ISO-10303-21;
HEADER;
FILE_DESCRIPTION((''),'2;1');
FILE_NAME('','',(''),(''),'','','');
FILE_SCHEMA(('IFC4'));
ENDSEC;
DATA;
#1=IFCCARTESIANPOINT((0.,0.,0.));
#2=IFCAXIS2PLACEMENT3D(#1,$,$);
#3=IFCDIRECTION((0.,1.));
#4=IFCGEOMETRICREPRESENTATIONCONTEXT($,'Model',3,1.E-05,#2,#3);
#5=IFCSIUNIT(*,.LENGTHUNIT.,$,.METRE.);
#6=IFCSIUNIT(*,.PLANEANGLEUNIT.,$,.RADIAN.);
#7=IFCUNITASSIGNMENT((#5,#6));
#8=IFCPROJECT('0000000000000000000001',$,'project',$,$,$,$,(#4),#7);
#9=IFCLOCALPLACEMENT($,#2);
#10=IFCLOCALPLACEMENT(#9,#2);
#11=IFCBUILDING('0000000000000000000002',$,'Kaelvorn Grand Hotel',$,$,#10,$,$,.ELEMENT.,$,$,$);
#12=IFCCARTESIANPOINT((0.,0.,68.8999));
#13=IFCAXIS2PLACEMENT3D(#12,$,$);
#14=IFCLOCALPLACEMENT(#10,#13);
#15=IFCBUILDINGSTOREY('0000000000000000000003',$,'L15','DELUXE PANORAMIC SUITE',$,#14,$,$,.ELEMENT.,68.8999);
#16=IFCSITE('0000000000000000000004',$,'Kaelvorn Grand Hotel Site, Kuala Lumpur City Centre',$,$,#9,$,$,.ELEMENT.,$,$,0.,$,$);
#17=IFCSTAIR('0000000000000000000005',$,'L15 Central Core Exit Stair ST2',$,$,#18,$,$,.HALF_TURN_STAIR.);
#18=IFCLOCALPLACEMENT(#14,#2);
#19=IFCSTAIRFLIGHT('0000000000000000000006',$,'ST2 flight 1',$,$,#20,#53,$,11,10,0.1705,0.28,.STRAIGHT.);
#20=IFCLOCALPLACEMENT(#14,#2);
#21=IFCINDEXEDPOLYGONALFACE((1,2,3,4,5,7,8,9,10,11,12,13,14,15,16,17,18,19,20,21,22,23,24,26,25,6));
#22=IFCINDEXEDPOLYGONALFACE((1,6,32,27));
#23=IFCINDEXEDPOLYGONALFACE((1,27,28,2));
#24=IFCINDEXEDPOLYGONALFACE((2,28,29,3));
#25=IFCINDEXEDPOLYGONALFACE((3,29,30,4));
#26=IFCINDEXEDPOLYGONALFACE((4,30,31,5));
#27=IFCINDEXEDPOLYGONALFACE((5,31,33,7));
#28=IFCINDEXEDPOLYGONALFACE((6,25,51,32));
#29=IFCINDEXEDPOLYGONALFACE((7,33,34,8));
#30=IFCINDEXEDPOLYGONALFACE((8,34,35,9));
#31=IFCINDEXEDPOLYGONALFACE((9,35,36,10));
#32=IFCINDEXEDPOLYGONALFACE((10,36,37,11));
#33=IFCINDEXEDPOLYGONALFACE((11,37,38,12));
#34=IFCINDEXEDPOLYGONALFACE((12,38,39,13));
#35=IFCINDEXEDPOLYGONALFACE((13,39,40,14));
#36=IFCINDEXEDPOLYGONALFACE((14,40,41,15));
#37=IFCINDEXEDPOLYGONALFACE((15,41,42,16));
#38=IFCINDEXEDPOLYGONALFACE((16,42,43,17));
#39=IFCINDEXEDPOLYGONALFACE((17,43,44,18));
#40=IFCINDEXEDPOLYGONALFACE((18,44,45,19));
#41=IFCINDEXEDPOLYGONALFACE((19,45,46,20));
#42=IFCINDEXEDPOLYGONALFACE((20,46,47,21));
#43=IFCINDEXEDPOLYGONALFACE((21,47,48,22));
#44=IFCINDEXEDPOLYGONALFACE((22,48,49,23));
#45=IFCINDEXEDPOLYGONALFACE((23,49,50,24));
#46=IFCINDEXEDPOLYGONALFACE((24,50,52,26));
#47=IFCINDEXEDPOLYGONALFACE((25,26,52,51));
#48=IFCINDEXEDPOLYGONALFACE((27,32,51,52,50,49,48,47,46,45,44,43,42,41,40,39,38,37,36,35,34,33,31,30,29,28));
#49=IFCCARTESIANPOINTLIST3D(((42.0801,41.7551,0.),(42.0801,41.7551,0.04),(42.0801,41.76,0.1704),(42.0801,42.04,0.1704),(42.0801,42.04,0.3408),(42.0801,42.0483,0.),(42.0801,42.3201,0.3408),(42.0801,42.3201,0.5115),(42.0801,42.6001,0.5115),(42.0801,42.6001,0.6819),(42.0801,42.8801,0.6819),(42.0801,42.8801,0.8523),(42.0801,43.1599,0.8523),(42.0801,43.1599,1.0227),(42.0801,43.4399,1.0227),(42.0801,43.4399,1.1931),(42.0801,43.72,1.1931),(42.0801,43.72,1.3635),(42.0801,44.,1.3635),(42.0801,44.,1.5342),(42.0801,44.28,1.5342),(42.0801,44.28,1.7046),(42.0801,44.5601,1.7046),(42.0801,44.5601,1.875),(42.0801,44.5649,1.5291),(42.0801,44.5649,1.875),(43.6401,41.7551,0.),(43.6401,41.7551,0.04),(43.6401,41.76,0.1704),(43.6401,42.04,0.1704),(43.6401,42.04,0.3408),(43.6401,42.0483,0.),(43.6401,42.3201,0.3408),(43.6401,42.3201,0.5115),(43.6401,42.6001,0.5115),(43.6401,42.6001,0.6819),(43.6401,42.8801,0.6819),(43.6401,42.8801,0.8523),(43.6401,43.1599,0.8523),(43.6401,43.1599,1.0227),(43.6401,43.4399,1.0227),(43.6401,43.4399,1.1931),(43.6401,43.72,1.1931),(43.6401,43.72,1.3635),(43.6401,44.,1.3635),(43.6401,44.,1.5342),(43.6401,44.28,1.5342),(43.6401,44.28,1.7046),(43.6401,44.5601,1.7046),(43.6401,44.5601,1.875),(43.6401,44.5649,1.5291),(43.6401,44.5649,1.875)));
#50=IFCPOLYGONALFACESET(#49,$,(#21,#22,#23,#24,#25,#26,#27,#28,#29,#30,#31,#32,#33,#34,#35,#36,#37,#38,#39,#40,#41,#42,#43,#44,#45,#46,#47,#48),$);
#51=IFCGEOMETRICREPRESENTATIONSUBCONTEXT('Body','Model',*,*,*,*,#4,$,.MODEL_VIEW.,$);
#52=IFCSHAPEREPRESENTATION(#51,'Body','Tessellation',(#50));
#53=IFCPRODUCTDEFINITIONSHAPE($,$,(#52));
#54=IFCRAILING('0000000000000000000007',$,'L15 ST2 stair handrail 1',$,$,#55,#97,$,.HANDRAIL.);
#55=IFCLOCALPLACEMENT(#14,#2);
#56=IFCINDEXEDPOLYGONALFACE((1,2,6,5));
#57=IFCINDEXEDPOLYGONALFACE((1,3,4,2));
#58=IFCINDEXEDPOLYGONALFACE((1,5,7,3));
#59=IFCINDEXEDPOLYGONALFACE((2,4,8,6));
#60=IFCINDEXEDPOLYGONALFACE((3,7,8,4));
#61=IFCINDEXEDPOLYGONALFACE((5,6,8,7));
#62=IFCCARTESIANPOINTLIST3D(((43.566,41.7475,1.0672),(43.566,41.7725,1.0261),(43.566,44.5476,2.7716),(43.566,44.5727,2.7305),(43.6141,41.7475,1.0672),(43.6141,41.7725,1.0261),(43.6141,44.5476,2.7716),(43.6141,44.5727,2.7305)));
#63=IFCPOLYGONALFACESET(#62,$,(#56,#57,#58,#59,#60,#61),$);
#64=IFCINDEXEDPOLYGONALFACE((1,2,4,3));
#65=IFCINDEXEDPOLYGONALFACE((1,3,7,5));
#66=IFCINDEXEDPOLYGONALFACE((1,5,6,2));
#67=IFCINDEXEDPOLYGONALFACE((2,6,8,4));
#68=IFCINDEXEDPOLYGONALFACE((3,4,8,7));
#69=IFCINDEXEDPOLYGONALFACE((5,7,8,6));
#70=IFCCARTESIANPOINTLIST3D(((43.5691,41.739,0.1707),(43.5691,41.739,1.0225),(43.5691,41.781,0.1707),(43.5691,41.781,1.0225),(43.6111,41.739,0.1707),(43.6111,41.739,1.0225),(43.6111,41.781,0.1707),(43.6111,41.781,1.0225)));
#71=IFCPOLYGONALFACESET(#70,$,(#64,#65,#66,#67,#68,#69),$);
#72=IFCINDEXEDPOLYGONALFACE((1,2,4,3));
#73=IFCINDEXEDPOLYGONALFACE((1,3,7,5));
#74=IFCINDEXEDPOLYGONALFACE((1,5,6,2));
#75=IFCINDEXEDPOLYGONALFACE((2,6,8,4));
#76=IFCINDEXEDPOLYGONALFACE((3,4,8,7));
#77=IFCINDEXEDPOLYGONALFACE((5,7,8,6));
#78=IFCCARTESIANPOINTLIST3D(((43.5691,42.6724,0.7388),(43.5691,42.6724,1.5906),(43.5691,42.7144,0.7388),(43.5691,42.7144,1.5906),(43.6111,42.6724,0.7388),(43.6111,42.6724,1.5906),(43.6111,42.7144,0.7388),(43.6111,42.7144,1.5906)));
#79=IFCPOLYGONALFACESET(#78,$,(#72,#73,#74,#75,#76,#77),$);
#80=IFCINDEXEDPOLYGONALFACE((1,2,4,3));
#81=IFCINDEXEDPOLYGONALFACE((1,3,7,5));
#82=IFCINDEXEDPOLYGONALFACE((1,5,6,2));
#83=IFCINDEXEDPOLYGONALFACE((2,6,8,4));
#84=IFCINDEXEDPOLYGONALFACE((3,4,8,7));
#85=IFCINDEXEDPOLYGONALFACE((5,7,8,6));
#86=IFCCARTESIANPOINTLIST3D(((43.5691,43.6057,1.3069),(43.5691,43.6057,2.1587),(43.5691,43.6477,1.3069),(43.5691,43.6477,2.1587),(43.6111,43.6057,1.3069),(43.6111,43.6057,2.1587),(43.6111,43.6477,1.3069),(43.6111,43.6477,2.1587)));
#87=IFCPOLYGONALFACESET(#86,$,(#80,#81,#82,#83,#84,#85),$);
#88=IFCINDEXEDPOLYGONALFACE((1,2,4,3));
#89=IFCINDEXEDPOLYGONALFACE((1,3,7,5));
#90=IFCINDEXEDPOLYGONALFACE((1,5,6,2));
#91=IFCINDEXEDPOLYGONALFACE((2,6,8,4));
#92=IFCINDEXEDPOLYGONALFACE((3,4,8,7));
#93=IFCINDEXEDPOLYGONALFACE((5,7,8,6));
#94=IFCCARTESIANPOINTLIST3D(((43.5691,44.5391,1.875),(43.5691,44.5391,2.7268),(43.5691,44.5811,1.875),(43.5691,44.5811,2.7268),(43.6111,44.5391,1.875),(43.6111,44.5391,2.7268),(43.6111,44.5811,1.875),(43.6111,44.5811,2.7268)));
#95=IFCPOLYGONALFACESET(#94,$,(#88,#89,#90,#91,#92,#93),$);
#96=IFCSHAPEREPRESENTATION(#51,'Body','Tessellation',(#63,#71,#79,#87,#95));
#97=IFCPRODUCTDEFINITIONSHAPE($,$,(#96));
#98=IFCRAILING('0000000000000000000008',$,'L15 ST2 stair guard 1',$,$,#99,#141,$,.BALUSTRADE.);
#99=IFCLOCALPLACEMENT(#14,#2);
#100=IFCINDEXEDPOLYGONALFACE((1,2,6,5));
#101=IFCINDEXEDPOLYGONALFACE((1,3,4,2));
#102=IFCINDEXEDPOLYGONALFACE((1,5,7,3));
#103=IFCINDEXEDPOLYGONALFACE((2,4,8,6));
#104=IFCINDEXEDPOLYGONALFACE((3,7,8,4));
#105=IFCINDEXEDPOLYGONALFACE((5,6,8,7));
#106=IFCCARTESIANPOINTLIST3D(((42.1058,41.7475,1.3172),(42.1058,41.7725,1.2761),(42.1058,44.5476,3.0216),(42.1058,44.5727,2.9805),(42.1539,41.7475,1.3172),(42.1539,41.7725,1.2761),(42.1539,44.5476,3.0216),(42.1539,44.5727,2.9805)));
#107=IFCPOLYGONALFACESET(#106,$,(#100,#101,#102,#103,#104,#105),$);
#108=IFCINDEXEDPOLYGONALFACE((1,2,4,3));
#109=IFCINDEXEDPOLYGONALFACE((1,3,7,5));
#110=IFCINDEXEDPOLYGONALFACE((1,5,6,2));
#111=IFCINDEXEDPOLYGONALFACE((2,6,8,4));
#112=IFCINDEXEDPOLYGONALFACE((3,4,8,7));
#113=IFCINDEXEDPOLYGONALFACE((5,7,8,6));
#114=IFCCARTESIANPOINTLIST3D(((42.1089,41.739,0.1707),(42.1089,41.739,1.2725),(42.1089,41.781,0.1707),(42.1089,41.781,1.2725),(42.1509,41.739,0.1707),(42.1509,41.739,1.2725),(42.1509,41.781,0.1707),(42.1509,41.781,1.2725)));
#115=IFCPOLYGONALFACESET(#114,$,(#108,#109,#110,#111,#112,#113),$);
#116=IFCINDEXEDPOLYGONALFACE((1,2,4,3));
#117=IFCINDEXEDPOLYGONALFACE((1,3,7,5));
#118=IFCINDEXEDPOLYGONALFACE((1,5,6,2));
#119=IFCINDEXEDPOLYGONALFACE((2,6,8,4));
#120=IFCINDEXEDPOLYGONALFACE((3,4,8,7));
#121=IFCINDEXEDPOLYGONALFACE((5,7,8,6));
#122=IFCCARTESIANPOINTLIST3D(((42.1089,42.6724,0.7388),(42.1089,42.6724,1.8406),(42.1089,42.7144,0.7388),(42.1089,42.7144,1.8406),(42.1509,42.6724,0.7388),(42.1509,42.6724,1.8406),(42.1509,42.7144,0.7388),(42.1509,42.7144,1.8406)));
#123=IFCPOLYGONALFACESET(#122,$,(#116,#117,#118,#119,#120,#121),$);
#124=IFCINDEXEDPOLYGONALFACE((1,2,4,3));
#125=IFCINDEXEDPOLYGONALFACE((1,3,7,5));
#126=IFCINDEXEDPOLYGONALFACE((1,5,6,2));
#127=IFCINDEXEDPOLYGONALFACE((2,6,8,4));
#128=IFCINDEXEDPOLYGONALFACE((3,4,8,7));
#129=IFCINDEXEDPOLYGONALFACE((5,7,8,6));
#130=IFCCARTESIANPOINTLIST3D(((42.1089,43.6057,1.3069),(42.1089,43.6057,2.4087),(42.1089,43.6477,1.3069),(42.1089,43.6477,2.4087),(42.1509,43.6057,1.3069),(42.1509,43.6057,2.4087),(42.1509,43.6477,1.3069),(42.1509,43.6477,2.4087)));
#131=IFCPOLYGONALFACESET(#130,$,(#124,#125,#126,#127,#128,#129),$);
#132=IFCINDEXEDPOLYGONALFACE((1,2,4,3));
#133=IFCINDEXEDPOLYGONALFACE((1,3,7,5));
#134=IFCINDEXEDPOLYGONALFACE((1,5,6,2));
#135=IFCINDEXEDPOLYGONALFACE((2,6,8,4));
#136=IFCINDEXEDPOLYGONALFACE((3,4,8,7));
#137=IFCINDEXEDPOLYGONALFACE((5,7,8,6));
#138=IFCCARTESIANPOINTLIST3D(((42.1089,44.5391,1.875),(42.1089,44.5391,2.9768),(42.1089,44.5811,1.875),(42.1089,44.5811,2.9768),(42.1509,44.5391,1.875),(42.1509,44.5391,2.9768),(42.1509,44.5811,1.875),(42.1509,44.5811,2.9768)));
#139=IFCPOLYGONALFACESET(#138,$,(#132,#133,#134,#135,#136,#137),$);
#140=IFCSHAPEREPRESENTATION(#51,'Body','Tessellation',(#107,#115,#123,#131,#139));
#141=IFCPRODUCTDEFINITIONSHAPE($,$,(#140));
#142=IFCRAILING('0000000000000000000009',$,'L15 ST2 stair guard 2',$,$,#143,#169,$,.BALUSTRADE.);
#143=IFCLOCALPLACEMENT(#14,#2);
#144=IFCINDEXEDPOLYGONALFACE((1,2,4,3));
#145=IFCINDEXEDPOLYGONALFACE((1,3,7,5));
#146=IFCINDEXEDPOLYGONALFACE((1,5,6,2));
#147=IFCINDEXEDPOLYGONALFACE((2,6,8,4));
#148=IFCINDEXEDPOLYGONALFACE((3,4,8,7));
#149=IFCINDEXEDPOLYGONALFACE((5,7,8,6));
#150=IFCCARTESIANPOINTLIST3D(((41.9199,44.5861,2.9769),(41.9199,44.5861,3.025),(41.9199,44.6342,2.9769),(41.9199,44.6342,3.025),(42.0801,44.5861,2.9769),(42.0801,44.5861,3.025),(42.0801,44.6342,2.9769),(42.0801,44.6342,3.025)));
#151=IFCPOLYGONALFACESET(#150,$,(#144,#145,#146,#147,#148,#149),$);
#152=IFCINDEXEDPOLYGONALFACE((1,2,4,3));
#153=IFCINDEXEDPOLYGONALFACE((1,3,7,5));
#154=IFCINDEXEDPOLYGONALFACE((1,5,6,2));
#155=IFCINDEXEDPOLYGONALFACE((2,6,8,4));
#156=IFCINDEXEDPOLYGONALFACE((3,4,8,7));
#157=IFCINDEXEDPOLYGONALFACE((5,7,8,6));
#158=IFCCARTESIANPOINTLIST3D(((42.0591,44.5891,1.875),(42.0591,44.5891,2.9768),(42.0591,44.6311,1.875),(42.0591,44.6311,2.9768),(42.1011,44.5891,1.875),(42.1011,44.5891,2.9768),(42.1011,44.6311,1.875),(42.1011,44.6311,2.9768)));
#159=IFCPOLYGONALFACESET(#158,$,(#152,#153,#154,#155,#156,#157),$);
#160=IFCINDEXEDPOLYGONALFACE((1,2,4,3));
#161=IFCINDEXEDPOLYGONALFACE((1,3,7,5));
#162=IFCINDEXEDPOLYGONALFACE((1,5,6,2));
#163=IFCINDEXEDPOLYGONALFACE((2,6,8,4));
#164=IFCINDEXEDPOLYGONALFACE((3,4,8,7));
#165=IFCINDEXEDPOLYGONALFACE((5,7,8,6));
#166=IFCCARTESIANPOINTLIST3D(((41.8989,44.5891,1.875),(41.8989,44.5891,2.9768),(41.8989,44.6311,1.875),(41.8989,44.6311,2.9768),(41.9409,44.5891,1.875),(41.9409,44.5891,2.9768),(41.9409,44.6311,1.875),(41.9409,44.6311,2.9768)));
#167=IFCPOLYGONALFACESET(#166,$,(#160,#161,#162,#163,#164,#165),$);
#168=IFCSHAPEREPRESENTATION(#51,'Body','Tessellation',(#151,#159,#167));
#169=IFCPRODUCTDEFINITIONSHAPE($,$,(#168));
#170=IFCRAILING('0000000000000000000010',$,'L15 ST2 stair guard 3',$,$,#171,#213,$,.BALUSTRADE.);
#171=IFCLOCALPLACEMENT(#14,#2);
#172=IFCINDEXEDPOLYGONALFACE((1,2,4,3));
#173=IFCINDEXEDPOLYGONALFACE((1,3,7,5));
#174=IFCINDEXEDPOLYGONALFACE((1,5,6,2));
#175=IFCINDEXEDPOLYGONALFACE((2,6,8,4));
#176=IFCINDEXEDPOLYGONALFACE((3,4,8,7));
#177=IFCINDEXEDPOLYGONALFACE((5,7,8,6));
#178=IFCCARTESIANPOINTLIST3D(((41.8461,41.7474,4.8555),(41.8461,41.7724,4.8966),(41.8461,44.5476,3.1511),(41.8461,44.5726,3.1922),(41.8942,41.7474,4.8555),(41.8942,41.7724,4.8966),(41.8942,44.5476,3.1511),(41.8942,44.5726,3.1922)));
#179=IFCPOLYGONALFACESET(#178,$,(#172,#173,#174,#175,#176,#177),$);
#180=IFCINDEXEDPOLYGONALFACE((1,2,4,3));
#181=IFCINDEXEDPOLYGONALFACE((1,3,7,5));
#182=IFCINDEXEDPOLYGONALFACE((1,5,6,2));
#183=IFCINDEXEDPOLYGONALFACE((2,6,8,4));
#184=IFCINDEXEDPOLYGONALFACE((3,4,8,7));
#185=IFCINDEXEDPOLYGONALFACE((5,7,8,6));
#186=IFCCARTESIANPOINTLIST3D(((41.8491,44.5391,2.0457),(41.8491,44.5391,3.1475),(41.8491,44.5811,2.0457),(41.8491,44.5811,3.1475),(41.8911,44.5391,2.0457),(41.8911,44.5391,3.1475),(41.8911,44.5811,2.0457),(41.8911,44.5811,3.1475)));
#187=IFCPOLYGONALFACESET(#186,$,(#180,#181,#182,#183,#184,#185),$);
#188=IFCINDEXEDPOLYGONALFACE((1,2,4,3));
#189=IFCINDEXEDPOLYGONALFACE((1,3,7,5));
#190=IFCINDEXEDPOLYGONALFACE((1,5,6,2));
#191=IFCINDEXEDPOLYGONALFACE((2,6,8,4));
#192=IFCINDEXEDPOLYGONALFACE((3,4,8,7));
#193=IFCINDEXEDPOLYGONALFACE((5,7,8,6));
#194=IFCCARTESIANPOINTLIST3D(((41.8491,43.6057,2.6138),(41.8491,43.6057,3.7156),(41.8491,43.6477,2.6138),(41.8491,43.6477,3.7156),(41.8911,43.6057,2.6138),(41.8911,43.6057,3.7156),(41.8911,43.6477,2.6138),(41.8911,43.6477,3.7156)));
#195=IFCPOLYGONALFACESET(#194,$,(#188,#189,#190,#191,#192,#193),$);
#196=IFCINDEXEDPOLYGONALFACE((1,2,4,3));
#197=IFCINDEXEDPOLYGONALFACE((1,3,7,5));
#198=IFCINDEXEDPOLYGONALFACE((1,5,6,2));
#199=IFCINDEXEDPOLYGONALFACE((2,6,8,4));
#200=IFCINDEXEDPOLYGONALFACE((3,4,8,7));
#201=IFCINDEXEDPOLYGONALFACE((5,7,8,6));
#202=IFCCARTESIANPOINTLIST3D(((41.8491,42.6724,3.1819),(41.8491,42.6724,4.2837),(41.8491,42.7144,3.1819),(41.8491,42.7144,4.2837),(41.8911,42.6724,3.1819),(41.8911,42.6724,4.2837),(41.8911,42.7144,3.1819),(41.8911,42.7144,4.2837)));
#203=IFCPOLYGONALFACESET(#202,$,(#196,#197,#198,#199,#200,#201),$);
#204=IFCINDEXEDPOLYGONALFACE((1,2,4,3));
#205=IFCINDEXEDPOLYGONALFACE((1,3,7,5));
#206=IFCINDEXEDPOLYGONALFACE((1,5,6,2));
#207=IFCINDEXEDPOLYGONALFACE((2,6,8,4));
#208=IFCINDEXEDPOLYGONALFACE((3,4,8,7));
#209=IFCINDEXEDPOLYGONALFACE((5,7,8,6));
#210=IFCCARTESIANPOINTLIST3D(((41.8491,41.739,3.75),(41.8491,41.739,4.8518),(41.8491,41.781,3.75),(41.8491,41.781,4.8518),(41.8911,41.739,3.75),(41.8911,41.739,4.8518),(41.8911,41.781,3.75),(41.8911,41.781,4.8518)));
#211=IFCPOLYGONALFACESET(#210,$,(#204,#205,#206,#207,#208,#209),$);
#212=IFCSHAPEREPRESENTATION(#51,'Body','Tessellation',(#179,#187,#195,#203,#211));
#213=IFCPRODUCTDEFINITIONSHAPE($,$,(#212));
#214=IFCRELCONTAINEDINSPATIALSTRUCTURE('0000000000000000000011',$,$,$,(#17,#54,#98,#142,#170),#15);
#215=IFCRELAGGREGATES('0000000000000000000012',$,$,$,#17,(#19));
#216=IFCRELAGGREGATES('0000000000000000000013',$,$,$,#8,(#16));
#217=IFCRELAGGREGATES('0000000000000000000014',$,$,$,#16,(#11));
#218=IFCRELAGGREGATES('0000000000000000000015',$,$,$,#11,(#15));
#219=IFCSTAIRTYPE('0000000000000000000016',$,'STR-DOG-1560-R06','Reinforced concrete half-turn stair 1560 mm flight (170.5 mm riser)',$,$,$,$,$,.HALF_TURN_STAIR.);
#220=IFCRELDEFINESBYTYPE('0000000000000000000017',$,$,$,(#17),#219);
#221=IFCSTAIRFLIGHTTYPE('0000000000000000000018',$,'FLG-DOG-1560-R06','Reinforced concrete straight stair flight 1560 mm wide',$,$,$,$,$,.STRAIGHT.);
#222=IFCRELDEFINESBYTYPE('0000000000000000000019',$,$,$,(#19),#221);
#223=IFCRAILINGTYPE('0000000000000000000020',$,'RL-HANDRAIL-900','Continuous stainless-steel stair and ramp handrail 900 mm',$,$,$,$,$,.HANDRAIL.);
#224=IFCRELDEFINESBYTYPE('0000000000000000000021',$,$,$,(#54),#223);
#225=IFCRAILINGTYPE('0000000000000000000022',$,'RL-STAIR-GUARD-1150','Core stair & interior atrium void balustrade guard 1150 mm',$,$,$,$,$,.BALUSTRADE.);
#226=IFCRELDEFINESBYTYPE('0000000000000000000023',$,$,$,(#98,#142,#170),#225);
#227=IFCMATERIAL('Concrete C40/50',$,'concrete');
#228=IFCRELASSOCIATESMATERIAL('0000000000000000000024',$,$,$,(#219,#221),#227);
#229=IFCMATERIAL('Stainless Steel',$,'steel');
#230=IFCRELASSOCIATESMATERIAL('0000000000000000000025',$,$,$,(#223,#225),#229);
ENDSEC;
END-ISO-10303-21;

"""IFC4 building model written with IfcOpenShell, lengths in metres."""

from ifc_helpers import new_model, si_unit, direction, frame, origin, origin_2d, place, context, subcontext, project, spatial, polyline, rectangle, outline, extrude, material, type_object, element, aggregate, save


model = new_model("IFC4")

# Units and contexts
model_context = context("Model", 3, precision=1e-05, world=origin(), true_north=direction((0.0, 1.0)))
body_context = subcontext(model_context, "Body", "Model", "MODEL_VIEW")
ifc_project = project(units=[si_unit("LENGTHUNIT", "METRE"), si_unit("PLANEANGLEUNIT", "RADIAN")], contexts=[model_context])

# Site, building, storey
site_placement = place(None, origin())
site = spatial("IfcSite", under=ifc_project, at=site_placement, Name="Kaelvorn Grand Hotel Site, Kuala Lumpur City Centre", CompositionType="ELEMENT", RefElevation=0.0)
building_placement = place(site_placement, origin())
building = spatial("IfcBuilding", under=site, at=building_placement, Name="Kaelvorn Grand Hotel", CompositionType="ELEMENT")
storey_placement = place(building_placement, frame((0.0, 0.0, 68.8999)))
storey = spatial("IfcBuildingStorey", under=building, at=storey_placement, Name="L15", Description="DELUXE PANORAMIC SUITE", CompositionType="ELEMENT", Elevation=68.8999)

# Shared definitions
ifc_material_1 = material(Name="Concrete C40/50", Category="concrete")

# Shared definitions
ifc_material_2 = material(Name="Stainless Steel", Category="steel")

# Stair, stair flight
stair_type = type_object("IfcStairType", Name="STR-DOG-1560-R06", Description="Reinforced concrete half-turn stair 1560 mm flight (170.5 mm riser)", PredefinedType="HALF_TURN_STAIR", material=ifc_material_1)
stair_placement = place(storey_placement, origin())
stair = element("IfcStair", 1, at=stair_placement, inside=storey, type_object=stair_type, Name="L15 Central Core Exit Stair ST2", PredefinedType="HALF_TURN_STAIR")
stair_flight_type = type_object("IfcStairFlightType", Name="FLG-DOG-1560-R06", Description="Reinforced concrete straight stair flight 1560 mm wide", PredefinedType="STRAIGHT", material=ifc_material_1)
stair_flight_placement = place(storey_placement, frame((42.8601, 41.76, 0.0), z_axis=(0.0, 0.0, 1.0), x_axis=(0.0, 1.0, 0.0)))
stair_flight = element("IfcStairFlight", 2, at=stair_flight_placement, type_object=stair_flight_type, Name="ST2 flight 1", NumberOfRisers=11, NumberOfTreads=10, PredefinedType="STRAIGHT", RiserHeight=0.1705, TreadLength=0.28, context=body_context, shape_type="SweptSolid", body=[
    extrude(outline(polyline([(-0.0049, 0.0), (-0.0049, 0.04), (0.0, 0.1704), (0.28, 0.1704), (0.28, 0.3408), (0.5601, 0.3408), (0.5601, 0.5115), (0.8401, 0.5115), (0.8401, 0.6819), (1.1201, 0.6819), (1.1201, 0.8523), (1.3999, 0.8523), (1.3999, 1.0227), (1.6799, 1.0227), (1.6799, 1.1931), (1.96, 1.1931), (1.96, 1.3635), (2.24, 1.3635), (2.24, 1.5342), (2.52, 1.5342), (2.52, 1.7046), (2.8, 1.7046), (2.8, 1.875), (2.8049, 1.875), (2.8049, 1.5291), (0.2883, 0.0), (-0.0049, 0.0)])), frame((0.0, 0.78, 0.0), z_axis=(0.0, -1.0, 0.0), x_axis=(1.0, 0.0, 0.0)), (0.0, 0.0, 1.0), 1.5601),
])
aggregate(stair, [stair_flight])

# Railings
railing_type_1 = type_object("IfcRailingType", Name="RL-HANDRAIL-900", Description="Continuous stainless-steel stair and ramp handrail 900 mm", PredefinedType="HANDRAIL", material=ifc_material_2)
railing_1_placement = place(storey_placement, frame((43.5901, 41.76, 0.1707)))
element("IfcRailing", 3, at=railing_1_placement, inside=storey, type_object=railing_type_1, Name="L15 ST2 stair handrail 1", PredefinedType="HANDRAIL", context=body_context, shape_type="SweptSolid", body=[
    extrude(rectangle(XDim=0.0481, YDim=0.0481, at=origin_2d()), frame((0.0, 0.0, 0.876), z_axis=(0.0, 0.854203, 0.51994), x_axis=(-1.0, 0.0, 0.0)), (0.0, 0.0, 1.0), 3.2781),
    extrude(rectangle(XDim=0.042, YDim=0.042, at=origin_2d()), origin(), (0.0, 0.0, 1.0), 0.8518),
    extrude(rectangle(XDim=0.042, YDim=0.042, at=origin_2d()), frame((0.0, 0.9333, 0.5681)), (0.0, 0.0, 1.0), 0.8518),
    extrude(rectangle(XDim=0.042, YDim=0.042, at=origin_2d()), frame((0.0, 1.8667, 1.1362)), (0.0, 0.0, 1.0), 0.8518),
    extrude(rectangle(XDim=0.042, YDim=0.042, at=origin_2d()), frame((0.0, 2.8, 1.7043)), (0.0, 0.0, 1.0), 0.8518),
])
railing_type_2 = type_object("IfcRailingType", Name="RL-STAIR-GUARD-1150", Description="Core stair & interior atrium void balustrade guard 1150 mm", PredefinedType="BALUSTRADE", material=ifc_material_2)
railing_2_placement = place(storey_placement, frame((42.1299, 41.76, 0.1707)))
element("IfcRailing", 4, at=railing_2_placement, inside=storey, type_object=railing_type_2, Name="L15 ST2 stair guard 1", PredefinedType="BALUSTRADE", context=body_context, shape_type="SweptSolid", body=[
    extrude(rectangle(XDim=0.0481, YDim=0.0481, at=origin_2d()), frame((0.0, 0.0, 1.126), z_axis=(0.0, 0.854203, 0.51994), x_axis=(-1.0, 0.0, 0.0)), (0.0, 0.0, 1.0), 3.2781),
    extrude(rectangle(XDim=0.042, YDim=0.042, at=origin_2d()), origin(), (0.0, 0.0, 1.0), 1.1018),
    extrude(rectangle(XDim=0.042, YDim=0.042, at=origin_2d()), frame((0.0, 0.9333, 0.5681)), (0.0, 0.0, 1.0), 1.1018),
    extrude(rectangle(XDim=0.042, YDim=0.042, at=origin_2d()), frame((0.0, 1.8667, 1.1362)), (0.0, 0.0, 1.0), 1.1018),
    extrude(rectangle(XDim=0.042, YDim=0.042, at=origin_2d()), frame((0.0, 2.8, 1.7043)), (0.0, 0.0, 1.0), 1.1018),
])
railing_3_placement = place(storey_placement, frame((42.0801, 44.6101, 1.875)))
element("IfcRailing", 5, at=railing_3_placement, inside=storey, type_object=railing_type_2, Name="L15 ST2 stair guard 2", PredefinedType="BALUSTRADE", context=body_context, shape_type="SweptSolid", body=[
    extrude(rectangle(XDim=0.0481, YDim=0.0481, at=origin_2d()), frame((0.0, 0.0, 1.126), z_axis=(-1.0, 0.0, 0.0), x_axis=(0.0, -1.0, 0.0)), (0.0, 0.0, 1.0), 0.1602),
    extrude(rectangle(XDim=0.042, YDim=0.042, at=origin_2d()), origin(), (0.0, 0.0, 1.0), 1.1018),
    extrude(rectangle(XDim=0.042, YDim=0.042, at=origin_2d()), frame((-0.1602, 0.0, 0.0)), (0.0, 0.0, 1.0), 1.1018),
])
railing_4_placement = place(storey_placement, frame((41.8701, 44.5601, 2.0457)))
element("IfcRailing", 6, at=railing_4_placement, inside=storey, type_object=railing_type_2, Name="L15 ST2 stair guard 3", PredefinedType="BALUSTRADE", context=body_context, shape_type="SweptSolid", body=[
    extrude(rectangle(XDim=0.0481, YDim=0.0481, at=origin_2d()), frame((0.0, 0.0, 1.126), z_axis=(0.0, -0.854203, 0.51994), x_axis=(1.0, 0.0, 0.0)), (0.0, 0.0, 1.0), 3.2781),
    extrude(rectangle(XDim=0.042, YDim=0.042, at=origin_2d()), origin(), (0.0, 0.0, 1.0), 1.1018),
    extrude(rectangle(XDim=0.042, YDim=0.042, at=origin_2d()), frame((0.0, -0.9333, 0.5681)), (0.0, 0.0, 1.0), 1.1018),
    extrude(rectangle(XDim=0.042, YDim=0.042, at=origin_2d()), frame((0.0, -1.8667, 1.1362)), (0.0, 0.0, 1.0), 1.1018),
    extrude(rectangle(XDim=0.042, YDim=0.042, at=origin_2d()), frame((0.0, -2.8, 1.7043)), (0.0, 0.0, 1.0), 1.1018),
])

save(model, "model.ifc")
